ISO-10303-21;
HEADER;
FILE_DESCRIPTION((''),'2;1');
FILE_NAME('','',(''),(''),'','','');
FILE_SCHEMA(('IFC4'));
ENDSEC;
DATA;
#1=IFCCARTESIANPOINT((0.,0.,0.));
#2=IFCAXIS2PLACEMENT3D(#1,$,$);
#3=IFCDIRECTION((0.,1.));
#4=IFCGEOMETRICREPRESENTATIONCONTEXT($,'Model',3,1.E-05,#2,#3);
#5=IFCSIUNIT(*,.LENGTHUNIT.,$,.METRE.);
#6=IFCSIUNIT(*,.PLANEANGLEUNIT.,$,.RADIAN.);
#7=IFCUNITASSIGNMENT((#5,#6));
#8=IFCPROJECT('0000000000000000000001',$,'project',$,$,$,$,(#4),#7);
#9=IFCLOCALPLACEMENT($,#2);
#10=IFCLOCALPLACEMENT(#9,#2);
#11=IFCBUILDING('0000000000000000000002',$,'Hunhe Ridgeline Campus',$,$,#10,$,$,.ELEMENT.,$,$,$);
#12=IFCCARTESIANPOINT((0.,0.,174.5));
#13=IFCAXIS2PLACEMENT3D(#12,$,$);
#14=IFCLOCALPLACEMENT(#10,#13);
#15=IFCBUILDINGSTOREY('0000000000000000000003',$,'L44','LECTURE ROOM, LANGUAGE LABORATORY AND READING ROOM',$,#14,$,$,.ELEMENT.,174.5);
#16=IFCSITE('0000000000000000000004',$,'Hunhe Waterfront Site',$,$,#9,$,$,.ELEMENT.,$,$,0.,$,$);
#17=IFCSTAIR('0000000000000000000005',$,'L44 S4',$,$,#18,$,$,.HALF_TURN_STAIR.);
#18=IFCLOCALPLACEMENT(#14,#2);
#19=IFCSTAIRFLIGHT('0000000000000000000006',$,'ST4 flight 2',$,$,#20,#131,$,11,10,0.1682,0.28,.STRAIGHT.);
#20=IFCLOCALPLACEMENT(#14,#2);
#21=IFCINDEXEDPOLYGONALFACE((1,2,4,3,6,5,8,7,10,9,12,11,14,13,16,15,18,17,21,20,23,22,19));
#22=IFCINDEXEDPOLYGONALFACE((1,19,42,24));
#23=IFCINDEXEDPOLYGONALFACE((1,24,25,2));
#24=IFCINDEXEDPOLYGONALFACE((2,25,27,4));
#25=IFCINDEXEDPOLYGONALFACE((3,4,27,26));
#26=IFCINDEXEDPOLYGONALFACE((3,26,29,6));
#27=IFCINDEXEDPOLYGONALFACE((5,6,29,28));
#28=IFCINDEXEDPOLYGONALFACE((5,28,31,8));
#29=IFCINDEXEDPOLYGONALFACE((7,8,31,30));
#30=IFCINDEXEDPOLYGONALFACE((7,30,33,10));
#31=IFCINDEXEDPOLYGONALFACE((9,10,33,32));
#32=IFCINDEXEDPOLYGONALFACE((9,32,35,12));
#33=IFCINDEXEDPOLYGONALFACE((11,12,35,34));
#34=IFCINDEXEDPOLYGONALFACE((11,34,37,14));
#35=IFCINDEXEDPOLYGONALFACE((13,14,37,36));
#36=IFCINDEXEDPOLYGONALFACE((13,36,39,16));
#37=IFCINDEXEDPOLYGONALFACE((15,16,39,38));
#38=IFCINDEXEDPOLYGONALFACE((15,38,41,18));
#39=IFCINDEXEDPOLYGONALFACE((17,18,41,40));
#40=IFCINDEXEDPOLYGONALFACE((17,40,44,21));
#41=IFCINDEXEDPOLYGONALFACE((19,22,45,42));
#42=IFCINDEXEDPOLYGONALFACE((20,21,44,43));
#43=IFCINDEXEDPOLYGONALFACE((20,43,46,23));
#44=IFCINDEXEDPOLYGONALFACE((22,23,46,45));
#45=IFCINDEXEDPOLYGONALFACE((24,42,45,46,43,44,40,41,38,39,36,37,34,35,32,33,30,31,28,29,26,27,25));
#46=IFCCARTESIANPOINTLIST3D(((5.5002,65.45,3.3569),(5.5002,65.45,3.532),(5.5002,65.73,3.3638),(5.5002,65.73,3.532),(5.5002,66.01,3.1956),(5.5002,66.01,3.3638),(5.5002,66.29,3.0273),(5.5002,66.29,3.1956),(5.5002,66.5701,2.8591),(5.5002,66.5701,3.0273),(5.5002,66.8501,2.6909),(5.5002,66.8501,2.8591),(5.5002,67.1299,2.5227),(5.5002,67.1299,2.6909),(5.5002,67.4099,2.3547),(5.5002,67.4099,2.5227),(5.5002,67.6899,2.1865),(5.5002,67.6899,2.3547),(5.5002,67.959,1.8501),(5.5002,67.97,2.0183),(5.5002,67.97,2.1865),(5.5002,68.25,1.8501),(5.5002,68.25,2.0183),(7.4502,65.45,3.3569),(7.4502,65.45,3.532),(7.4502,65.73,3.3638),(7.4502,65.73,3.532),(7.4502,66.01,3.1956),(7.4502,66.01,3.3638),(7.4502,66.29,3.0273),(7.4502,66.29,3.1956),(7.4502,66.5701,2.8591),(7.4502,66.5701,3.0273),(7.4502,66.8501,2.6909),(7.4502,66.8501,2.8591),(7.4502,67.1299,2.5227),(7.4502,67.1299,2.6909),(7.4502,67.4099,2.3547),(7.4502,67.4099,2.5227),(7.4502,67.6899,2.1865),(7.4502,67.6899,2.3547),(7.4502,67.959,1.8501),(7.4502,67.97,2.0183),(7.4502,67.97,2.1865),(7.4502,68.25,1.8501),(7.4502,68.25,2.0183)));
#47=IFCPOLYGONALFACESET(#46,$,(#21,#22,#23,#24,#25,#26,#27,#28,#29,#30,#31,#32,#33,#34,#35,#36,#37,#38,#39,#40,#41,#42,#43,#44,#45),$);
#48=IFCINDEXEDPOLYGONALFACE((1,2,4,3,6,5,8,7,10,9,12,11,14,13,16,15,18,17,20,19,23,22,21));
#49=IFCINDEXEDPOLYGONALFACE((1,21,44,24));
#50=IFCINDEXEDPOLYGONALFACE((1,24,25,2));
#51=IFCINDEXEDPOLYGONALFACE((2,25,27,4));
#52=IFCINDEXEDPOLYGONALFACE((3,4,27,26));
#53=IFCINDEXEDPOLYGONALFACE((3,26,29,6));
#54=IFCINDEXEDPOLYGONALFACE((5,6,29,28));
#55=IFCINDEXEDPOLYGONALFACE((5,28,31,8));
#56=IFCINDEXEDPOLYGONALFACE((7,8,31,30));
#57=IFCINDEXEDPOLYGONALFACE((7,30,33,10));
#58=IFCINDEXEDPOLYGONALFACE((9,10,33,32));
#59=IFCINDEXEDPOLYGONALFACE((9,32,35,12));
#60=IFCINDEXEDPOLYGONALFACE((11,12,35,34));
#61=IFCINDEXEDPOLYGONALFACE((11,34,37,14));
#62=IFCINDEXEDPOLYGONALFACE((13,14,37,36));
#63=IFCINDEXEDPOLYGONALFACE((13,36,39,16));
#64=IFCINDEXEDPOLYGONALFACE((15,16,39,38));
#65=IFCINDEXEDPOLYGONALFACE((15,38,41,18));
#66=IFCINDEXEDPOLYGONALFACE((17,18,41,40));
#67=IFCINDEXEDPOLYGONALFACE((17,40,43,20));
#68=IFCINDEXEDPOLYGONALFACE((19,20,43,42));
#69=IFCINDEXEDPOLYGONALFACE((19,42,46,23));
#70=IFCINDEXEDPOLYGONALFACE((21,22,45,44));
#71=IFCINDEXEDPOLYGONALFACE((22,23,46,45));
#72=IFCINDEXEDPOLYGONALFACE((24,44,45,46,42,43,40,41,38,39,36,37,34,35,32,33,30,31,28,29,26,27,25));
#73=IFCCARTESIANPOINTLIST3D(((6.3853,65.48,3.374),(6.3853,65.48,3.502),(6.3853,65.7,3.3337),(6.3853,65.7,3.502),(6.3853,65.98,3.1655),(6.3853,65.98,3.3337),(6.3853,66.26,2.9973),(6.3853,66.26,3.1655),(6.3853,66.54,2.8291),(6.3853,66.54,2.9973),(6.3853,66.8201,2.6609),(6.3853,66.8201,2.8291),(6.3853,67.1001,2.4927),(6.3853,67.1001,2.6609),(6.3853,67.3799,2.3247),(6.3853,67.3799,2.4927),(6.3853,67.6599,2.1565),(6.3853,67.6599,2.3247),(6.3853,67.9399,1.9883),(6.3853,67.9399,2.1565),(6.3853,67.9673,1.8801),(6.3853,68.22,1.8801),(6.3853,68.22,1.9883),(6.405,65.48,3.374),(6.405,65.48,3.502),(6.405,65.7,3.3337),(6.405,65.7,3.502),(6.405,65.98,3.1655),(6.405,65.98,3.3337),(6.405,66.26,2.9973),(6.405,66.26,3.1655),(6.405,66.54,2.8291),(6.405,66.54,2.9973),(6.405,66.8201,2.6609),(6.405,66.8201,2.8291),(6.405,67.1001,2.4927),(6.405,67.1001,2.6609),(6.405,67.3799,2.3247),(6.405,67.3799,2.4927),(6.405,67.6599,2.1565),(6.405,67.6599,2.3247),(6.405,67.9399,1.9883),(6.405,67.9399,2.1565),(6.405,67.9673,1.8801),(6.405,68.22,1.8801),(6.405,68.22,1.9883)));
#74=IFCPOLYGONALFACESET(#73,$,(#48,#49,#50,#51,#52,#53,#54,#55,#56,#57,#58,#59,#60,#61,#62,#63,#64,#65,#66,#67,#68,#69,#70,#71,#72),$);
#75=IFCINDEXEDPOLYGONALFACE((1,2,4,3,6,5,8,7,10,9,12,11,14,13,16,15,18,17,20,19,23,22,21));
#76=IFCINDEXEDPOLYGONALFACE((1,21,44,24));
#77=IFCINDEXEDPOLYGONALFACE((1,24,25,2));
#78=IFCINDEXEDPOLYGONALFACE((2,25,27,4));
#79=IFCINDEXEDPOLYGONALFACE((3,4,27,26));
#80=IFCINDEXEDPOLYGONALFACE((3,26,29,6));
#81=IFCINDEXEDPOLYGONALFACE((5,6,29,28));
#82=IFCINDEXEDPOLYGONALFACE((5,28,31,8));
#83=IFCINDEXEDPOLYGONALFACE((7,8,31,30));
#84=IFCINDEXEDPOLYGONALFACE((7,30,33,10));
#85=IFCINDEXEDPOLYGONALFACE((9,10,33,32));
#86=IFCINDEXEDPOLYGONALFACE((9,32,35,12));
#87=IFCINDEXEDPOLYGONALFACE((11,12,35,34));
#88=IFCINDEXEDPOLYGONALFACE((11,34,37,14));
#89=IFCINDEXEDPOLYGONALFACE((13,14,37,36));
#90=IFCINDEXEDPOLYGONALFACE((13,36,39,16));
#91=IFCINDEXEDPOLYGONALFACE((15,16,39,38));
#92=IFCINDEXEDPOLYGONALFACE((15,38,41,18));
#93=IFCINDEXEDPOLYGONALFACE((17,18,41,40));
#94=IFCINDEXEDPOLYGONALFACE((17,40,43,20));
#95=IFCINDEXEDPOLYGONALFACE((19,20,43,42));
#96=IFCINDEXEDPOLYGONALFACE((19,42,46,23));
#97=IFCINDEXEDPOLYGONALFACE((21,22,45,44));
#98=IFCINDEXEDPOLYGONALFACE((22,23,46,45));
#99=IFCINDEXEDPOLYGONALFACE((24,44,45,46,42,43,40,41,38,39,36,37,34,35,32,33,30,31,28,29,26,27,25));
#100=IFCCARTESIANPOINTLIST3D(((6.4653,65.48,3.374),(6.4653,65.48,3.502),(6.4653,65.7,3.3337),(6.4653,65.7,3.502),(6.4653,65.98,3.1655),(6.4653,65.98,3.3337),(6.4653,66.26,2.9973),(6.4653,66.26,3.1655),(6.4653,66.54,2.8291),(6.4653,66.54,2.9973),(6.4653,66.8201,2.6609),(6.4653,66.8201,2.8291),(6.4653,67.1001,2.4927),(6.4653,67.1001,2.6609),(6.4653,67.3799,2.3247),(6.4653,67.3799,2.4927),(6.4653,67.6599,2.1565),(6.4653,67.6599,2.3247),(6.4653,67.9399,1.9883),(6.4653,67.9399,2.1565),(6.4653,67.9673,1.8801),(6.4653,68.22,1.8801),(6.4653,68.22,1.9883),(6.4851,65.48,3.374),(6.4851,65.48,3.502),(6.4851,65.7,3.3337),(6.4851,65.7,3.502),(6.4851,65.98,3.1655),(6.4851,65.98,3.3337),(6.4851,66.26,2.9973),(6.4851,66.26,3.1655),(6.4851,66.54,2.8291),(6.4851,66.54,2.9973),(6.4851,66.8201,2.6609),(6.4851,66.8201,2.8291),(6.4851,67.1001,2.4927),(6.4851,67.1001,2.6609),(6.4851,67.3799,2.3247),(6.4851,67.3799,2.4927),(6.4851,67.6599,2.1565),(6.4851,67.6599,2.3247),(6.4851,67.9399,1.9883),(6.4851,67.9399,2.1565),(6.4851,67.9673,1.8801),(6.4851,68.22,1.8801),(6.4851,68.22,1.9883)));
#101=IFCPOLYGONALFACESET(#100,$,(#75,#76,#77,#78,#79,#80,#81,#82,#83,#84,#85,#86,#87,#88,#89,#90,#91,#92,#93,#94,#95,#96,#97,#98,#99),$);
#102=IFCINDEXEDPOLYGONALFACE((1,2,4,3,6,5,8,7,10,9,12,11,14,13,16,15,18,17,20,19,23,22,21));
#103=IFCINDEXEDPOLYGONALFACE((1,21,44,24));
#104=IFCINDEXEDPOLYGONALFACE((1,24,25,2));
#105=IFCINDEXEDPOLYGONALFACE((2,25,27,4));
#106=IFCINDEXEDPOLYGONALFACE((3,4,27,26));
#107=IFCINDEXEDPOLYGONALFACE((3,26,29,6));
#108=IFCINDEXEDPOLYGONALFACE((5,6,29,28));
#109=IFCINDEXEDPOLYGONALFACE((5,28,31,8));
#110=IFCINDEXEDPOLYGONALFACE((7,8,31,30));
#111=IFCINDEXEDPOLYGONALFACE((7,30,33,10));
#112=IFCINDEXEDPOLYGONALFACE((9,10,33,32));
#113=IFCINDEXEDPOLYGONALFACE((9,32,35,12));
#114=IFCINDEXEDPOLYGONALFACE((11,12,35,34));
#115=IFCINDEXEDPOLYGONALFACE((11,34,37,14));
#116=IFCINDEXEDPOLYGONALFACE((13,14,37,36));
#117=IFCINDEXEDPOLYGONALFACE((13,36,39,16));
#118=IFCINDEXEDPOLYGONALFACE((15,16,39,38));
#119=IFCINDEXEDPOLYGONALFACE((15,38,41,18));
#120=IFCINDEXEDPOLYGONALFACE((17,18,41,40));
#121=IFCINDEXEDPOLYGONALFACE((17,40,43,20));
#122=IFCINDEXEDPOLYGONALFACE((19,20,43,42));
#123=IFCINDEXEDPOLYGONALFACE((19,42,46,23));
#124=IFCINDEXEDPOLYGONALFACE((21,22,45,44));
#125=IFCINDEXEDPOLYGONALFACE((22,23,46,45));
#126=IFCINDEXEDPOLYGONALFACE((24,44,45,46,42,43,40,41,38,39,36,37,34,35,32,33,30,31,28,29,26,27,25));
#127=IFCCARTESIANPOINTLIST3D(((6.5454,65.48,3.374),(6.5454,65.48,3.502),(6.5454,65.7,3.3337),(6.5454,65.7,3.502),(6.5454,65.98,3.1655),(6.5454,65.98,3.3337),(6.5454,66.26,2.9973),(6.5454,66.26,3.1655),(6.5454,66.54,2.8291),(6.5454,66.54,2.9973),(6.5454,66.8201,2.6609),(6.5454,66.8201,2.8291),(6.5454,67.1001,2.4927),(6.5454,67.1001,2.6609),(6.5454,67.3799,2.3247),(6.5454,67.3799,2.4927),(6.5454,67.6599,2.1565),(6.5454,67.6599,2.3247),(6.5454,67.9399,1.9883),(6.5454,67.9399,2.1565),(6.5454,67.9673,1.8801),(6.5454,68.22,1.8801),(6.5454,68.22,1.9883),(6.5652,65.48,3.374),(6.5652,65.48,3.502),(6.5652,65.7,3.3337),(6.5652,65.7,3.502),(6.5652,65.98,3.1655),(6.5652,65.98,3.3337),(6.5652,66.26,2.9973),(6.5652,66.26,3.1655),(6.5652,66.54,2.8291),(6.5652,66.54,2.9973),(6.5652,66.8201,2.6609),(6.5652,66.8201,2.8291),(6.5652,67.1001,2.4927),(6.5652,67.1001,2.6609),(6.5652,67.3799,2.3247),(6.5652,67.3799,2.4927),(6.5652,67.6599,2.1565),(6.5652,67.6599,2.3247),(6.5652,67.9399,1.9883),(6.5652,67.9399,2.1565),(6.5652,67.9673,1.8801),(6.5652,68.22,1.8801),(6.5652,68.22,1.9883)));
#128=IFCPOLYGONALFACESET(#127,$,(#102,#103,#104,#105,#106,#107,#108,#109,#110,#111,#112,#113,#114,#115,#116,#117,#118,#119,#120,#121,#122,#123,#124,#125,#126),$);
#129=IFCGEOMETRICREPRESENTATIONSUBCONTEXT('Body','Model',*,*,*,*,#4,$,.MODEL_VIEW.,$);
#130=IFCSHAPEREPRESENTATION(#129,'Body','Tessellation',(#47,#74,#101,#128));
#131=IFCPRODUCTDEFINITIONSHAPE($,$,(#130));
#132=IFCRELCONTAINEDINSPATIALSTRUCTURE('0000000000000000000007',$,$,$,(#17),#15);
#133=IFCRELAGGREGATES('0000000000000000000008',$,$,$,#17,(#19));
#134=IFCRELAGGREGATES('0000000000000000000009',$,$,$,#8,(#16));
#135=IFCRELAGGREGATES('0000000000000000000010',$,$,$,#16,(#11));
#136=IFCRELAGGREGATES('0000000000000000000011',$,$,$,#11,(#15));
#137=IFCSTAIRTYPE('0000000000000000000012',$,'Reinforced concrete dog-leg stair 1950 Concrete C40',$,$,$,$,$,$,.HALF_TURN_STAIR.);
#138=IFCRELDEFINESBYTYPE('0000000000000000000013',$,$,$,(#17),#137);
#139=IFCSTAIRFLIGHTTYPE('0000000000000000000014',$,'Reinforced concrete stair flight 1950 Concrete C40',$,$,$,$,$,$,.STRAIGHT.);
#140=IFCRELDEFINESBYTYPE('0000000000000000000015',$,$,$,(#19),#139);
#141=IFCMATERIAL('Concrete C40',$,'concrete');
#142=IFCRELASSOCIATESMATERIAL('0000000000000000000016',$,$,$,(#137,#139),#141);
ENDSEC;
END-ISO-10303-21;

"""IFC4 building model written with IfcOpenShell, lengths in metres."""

from ifc_helpers import new_model, si_unit, direction, frame, origin, place, context, subcontext, project, spatial, polyline, outline, extrude, material, type_object, element, aggregate, save


model = new_model("IFC4")

# Units and contexts
model_context = context("Model", 3, precision=1e-05, world=origin(), true_north=direction((0.0, 1.0)))
body_context = subcontext(model_context, "Body", "Model", "MODEL_VIEW")
ifc_project = project(units=[si_unit("LENGTHUNIT", "METRE"), si_unit("PLANEANGLEUNIT", "RADIAN")], contexts=[model_context])

# Site, building, storey
site_placement = place(None, origin())
site = spatial("IfcSite", under=ifc_project, at=site_placement, Name="Hunhe Waterfront Site", CompositionType="ELEMENT", RefElevation=0.0)
building_placement = place(site_placement, origin())
building = spatial("IfcBuilding", under=site, at=building_placement, Name="Hunhe Ridgeline Campus", CompositionType="ELEMENT")
storey_placement = place(building_placement, frame((0.0, 0.0, 174.5)))
storey = spatial("IfcBuildingStorey", under=building, at=storey_placement, Name="L44", Description="LECTURE ROOM, LANGUAGE LABORATORY AND READING ROOM", CompositionType="ELEMENT", Elevation=174.5)

# Stair, stair flight
ifc_material_1 = material(Name="Concrete C40", Category="concrete")
stair_type = type_object("IfcStairType", Name="Reinforced concrete dog-leg stair 1950 Concrete C40", PredefinedType="HALF_TURN_STAIR", material=ifc_material_1)
stair_flight_type = type_object("IfcStairFlightType", Name="Reinforced concrete stair flight 1950 Concrete C40", PredefinedType="STRAIGHT", material=ifc_material_1)
stair_1_placement = place(storey_placement, origin())
stair_1 = element("IfcStair", 1, at=stair_1_placement, inside=storey, type_object=stair_type, Name="L44 S4", PredefinedType="HALF_TURN_STAIR")
stair_flight_1_placement = place(storey_placement, frame((6.4751, 68.25, 1.8501), z_axis=(0.0, 0.0, 1.0), x_axis=(0.0, -1.0, 0.0)))
stair_flight_1 = element("IfcStairFlight", 2, at=stair_flight_1_placement, type_object=stair_flight_type, Name="ST4 flight 2", NumberOfRisers=11, NumberOfTreads=10, PredefinedType="STRAIGHT", RiserHeight=0.1682, TreadLength=0.28, context=body_context, shape_type="SweptSolid", body=[
    extrude(outline(polyline([(0.0, 0.0), (0.0, 0.1682), (0.28, 0.1682), (0.28, 0.3364), (0.5601, 0.3364), (0.5601, 0.5046), (0.8401, 0.5046), (0.8401, 0.6726), (1.1201, 0.6726), (1.1201, 0.8408), (1.3999, 0.8408), (1.3999, 1.009), (1.6799, 1.009), (1.6799, 1.1772), (1.96, 1.1772), (1.96, 1.3455), (2.24, 1.3455), (2.24, 1.5137), (2.52, 1.5137), (2.52, 1.6819), (2.8, 1.6819), (2.8, 1.8501), (2.8, 1.5068), (0.291, 0.0), (0.0, 0.0)])), frame((0.0, 0.9751, 0.0), z_axis=(0.0, -1.0, 0.0), x_axis=(1.0, 0.0, 0.0)), (0.0, 0.0, 1.0), 1.95),
    extrude(outline(polyline([(0.03, 0.03), (0.03, 0.1382), (0.3101, 0.1382), (0.3101, 0.3064), (0.5901, 0.3064), (0.5901, 0.4746), (0.8701, 0.4746), (0.8701, 0.6426), (1.1499, 0.6426), (1.1499, 0.8108), (1.4299, 0.8108), (1.4299, 0.979), (1.71, 0.979), (1.71, 1.1472), (1.99, 1.1472), (1.99, 1.3154), (2.27, 1.3154), (2.27, 1.4836), (2.55, 1.4836), (2.55, 1.6519), (2.77, 1.6519), (2.77, 1.5239), (0.2827, 0.03), (0.03, 0.03)])), frame((0.0, -0.0701, 0.0), z_axis=(0.0, -1.0, 0.0), x_axis=(1.0, 0.0, 0.0)), (0.0, 0.0, 1.0), 0.0198),
    extrude(outline(polyline([(0.03, 0.03), (0.03, 0.1382), (0.3101, 0.1382), (0.3101, 0.3064), (0.5901, 0.3064), (0.5901, 0.4746), (0.8701, 0.4746), (0.8701, 0.6426), (1.1499, 0.6426), (1.1499, 0.8108), (1.4299, 0.8108), (1.4299, 0.979), (1.71, 0.979), (1.71, 1.1472), (1.99, 1.1472), (1.99, 1.3154), (2.27, 1.3154), (2.27, 1.4836), (2.55, 1.4836), (2.55, 1.6519), (2.77, 1.6519), (2.77, 1.5239), (0.2827, 0.03), (0.03, 0.03)])), frame((0.0, 0.01, 0.0), z_axis=(0.0, -1.0, 0.0), x_axis=(1.0, 0.0, 0.0)), (0.0, 0.0, 1.0), 0.0198),
    extrude(outline(polyline([(0.03, 0.03), (0.03, 0.1382), (0.3101, 0.1382), (0.3101, 0.3064), (0.5901, 0.3064), (0.5901, 0.4746), (0.8701, 0.4746), (0.8701, 0.6426), (1.1499, 0.6426), (1.1499, 0.8108), (1.4299, 0.8108), (1.4299, 0.979), (1.71, 0.979), (1.71, 1.1472), (1.99, 1.1472), (1.99, 1.3154), (2.27, 1.3154), (2.27, 1.4836), (2.55, 1.4836), (2.55, 1.6519), (2.77, 1.6519), (2.77, 1.5239), (0.2827, 0.03), (0.03, 0.03)])), frame((0.0, 0.0901, 0.0), z_axis=(0.0, -1.0, 0.0), x_axis=(1.0, 0.0, 0.0)), (0.0, 0.0, 1.0), 0.0198),
])
aggregate(stair_1, [stair_flight_1])

save(model, "model.ifc")
